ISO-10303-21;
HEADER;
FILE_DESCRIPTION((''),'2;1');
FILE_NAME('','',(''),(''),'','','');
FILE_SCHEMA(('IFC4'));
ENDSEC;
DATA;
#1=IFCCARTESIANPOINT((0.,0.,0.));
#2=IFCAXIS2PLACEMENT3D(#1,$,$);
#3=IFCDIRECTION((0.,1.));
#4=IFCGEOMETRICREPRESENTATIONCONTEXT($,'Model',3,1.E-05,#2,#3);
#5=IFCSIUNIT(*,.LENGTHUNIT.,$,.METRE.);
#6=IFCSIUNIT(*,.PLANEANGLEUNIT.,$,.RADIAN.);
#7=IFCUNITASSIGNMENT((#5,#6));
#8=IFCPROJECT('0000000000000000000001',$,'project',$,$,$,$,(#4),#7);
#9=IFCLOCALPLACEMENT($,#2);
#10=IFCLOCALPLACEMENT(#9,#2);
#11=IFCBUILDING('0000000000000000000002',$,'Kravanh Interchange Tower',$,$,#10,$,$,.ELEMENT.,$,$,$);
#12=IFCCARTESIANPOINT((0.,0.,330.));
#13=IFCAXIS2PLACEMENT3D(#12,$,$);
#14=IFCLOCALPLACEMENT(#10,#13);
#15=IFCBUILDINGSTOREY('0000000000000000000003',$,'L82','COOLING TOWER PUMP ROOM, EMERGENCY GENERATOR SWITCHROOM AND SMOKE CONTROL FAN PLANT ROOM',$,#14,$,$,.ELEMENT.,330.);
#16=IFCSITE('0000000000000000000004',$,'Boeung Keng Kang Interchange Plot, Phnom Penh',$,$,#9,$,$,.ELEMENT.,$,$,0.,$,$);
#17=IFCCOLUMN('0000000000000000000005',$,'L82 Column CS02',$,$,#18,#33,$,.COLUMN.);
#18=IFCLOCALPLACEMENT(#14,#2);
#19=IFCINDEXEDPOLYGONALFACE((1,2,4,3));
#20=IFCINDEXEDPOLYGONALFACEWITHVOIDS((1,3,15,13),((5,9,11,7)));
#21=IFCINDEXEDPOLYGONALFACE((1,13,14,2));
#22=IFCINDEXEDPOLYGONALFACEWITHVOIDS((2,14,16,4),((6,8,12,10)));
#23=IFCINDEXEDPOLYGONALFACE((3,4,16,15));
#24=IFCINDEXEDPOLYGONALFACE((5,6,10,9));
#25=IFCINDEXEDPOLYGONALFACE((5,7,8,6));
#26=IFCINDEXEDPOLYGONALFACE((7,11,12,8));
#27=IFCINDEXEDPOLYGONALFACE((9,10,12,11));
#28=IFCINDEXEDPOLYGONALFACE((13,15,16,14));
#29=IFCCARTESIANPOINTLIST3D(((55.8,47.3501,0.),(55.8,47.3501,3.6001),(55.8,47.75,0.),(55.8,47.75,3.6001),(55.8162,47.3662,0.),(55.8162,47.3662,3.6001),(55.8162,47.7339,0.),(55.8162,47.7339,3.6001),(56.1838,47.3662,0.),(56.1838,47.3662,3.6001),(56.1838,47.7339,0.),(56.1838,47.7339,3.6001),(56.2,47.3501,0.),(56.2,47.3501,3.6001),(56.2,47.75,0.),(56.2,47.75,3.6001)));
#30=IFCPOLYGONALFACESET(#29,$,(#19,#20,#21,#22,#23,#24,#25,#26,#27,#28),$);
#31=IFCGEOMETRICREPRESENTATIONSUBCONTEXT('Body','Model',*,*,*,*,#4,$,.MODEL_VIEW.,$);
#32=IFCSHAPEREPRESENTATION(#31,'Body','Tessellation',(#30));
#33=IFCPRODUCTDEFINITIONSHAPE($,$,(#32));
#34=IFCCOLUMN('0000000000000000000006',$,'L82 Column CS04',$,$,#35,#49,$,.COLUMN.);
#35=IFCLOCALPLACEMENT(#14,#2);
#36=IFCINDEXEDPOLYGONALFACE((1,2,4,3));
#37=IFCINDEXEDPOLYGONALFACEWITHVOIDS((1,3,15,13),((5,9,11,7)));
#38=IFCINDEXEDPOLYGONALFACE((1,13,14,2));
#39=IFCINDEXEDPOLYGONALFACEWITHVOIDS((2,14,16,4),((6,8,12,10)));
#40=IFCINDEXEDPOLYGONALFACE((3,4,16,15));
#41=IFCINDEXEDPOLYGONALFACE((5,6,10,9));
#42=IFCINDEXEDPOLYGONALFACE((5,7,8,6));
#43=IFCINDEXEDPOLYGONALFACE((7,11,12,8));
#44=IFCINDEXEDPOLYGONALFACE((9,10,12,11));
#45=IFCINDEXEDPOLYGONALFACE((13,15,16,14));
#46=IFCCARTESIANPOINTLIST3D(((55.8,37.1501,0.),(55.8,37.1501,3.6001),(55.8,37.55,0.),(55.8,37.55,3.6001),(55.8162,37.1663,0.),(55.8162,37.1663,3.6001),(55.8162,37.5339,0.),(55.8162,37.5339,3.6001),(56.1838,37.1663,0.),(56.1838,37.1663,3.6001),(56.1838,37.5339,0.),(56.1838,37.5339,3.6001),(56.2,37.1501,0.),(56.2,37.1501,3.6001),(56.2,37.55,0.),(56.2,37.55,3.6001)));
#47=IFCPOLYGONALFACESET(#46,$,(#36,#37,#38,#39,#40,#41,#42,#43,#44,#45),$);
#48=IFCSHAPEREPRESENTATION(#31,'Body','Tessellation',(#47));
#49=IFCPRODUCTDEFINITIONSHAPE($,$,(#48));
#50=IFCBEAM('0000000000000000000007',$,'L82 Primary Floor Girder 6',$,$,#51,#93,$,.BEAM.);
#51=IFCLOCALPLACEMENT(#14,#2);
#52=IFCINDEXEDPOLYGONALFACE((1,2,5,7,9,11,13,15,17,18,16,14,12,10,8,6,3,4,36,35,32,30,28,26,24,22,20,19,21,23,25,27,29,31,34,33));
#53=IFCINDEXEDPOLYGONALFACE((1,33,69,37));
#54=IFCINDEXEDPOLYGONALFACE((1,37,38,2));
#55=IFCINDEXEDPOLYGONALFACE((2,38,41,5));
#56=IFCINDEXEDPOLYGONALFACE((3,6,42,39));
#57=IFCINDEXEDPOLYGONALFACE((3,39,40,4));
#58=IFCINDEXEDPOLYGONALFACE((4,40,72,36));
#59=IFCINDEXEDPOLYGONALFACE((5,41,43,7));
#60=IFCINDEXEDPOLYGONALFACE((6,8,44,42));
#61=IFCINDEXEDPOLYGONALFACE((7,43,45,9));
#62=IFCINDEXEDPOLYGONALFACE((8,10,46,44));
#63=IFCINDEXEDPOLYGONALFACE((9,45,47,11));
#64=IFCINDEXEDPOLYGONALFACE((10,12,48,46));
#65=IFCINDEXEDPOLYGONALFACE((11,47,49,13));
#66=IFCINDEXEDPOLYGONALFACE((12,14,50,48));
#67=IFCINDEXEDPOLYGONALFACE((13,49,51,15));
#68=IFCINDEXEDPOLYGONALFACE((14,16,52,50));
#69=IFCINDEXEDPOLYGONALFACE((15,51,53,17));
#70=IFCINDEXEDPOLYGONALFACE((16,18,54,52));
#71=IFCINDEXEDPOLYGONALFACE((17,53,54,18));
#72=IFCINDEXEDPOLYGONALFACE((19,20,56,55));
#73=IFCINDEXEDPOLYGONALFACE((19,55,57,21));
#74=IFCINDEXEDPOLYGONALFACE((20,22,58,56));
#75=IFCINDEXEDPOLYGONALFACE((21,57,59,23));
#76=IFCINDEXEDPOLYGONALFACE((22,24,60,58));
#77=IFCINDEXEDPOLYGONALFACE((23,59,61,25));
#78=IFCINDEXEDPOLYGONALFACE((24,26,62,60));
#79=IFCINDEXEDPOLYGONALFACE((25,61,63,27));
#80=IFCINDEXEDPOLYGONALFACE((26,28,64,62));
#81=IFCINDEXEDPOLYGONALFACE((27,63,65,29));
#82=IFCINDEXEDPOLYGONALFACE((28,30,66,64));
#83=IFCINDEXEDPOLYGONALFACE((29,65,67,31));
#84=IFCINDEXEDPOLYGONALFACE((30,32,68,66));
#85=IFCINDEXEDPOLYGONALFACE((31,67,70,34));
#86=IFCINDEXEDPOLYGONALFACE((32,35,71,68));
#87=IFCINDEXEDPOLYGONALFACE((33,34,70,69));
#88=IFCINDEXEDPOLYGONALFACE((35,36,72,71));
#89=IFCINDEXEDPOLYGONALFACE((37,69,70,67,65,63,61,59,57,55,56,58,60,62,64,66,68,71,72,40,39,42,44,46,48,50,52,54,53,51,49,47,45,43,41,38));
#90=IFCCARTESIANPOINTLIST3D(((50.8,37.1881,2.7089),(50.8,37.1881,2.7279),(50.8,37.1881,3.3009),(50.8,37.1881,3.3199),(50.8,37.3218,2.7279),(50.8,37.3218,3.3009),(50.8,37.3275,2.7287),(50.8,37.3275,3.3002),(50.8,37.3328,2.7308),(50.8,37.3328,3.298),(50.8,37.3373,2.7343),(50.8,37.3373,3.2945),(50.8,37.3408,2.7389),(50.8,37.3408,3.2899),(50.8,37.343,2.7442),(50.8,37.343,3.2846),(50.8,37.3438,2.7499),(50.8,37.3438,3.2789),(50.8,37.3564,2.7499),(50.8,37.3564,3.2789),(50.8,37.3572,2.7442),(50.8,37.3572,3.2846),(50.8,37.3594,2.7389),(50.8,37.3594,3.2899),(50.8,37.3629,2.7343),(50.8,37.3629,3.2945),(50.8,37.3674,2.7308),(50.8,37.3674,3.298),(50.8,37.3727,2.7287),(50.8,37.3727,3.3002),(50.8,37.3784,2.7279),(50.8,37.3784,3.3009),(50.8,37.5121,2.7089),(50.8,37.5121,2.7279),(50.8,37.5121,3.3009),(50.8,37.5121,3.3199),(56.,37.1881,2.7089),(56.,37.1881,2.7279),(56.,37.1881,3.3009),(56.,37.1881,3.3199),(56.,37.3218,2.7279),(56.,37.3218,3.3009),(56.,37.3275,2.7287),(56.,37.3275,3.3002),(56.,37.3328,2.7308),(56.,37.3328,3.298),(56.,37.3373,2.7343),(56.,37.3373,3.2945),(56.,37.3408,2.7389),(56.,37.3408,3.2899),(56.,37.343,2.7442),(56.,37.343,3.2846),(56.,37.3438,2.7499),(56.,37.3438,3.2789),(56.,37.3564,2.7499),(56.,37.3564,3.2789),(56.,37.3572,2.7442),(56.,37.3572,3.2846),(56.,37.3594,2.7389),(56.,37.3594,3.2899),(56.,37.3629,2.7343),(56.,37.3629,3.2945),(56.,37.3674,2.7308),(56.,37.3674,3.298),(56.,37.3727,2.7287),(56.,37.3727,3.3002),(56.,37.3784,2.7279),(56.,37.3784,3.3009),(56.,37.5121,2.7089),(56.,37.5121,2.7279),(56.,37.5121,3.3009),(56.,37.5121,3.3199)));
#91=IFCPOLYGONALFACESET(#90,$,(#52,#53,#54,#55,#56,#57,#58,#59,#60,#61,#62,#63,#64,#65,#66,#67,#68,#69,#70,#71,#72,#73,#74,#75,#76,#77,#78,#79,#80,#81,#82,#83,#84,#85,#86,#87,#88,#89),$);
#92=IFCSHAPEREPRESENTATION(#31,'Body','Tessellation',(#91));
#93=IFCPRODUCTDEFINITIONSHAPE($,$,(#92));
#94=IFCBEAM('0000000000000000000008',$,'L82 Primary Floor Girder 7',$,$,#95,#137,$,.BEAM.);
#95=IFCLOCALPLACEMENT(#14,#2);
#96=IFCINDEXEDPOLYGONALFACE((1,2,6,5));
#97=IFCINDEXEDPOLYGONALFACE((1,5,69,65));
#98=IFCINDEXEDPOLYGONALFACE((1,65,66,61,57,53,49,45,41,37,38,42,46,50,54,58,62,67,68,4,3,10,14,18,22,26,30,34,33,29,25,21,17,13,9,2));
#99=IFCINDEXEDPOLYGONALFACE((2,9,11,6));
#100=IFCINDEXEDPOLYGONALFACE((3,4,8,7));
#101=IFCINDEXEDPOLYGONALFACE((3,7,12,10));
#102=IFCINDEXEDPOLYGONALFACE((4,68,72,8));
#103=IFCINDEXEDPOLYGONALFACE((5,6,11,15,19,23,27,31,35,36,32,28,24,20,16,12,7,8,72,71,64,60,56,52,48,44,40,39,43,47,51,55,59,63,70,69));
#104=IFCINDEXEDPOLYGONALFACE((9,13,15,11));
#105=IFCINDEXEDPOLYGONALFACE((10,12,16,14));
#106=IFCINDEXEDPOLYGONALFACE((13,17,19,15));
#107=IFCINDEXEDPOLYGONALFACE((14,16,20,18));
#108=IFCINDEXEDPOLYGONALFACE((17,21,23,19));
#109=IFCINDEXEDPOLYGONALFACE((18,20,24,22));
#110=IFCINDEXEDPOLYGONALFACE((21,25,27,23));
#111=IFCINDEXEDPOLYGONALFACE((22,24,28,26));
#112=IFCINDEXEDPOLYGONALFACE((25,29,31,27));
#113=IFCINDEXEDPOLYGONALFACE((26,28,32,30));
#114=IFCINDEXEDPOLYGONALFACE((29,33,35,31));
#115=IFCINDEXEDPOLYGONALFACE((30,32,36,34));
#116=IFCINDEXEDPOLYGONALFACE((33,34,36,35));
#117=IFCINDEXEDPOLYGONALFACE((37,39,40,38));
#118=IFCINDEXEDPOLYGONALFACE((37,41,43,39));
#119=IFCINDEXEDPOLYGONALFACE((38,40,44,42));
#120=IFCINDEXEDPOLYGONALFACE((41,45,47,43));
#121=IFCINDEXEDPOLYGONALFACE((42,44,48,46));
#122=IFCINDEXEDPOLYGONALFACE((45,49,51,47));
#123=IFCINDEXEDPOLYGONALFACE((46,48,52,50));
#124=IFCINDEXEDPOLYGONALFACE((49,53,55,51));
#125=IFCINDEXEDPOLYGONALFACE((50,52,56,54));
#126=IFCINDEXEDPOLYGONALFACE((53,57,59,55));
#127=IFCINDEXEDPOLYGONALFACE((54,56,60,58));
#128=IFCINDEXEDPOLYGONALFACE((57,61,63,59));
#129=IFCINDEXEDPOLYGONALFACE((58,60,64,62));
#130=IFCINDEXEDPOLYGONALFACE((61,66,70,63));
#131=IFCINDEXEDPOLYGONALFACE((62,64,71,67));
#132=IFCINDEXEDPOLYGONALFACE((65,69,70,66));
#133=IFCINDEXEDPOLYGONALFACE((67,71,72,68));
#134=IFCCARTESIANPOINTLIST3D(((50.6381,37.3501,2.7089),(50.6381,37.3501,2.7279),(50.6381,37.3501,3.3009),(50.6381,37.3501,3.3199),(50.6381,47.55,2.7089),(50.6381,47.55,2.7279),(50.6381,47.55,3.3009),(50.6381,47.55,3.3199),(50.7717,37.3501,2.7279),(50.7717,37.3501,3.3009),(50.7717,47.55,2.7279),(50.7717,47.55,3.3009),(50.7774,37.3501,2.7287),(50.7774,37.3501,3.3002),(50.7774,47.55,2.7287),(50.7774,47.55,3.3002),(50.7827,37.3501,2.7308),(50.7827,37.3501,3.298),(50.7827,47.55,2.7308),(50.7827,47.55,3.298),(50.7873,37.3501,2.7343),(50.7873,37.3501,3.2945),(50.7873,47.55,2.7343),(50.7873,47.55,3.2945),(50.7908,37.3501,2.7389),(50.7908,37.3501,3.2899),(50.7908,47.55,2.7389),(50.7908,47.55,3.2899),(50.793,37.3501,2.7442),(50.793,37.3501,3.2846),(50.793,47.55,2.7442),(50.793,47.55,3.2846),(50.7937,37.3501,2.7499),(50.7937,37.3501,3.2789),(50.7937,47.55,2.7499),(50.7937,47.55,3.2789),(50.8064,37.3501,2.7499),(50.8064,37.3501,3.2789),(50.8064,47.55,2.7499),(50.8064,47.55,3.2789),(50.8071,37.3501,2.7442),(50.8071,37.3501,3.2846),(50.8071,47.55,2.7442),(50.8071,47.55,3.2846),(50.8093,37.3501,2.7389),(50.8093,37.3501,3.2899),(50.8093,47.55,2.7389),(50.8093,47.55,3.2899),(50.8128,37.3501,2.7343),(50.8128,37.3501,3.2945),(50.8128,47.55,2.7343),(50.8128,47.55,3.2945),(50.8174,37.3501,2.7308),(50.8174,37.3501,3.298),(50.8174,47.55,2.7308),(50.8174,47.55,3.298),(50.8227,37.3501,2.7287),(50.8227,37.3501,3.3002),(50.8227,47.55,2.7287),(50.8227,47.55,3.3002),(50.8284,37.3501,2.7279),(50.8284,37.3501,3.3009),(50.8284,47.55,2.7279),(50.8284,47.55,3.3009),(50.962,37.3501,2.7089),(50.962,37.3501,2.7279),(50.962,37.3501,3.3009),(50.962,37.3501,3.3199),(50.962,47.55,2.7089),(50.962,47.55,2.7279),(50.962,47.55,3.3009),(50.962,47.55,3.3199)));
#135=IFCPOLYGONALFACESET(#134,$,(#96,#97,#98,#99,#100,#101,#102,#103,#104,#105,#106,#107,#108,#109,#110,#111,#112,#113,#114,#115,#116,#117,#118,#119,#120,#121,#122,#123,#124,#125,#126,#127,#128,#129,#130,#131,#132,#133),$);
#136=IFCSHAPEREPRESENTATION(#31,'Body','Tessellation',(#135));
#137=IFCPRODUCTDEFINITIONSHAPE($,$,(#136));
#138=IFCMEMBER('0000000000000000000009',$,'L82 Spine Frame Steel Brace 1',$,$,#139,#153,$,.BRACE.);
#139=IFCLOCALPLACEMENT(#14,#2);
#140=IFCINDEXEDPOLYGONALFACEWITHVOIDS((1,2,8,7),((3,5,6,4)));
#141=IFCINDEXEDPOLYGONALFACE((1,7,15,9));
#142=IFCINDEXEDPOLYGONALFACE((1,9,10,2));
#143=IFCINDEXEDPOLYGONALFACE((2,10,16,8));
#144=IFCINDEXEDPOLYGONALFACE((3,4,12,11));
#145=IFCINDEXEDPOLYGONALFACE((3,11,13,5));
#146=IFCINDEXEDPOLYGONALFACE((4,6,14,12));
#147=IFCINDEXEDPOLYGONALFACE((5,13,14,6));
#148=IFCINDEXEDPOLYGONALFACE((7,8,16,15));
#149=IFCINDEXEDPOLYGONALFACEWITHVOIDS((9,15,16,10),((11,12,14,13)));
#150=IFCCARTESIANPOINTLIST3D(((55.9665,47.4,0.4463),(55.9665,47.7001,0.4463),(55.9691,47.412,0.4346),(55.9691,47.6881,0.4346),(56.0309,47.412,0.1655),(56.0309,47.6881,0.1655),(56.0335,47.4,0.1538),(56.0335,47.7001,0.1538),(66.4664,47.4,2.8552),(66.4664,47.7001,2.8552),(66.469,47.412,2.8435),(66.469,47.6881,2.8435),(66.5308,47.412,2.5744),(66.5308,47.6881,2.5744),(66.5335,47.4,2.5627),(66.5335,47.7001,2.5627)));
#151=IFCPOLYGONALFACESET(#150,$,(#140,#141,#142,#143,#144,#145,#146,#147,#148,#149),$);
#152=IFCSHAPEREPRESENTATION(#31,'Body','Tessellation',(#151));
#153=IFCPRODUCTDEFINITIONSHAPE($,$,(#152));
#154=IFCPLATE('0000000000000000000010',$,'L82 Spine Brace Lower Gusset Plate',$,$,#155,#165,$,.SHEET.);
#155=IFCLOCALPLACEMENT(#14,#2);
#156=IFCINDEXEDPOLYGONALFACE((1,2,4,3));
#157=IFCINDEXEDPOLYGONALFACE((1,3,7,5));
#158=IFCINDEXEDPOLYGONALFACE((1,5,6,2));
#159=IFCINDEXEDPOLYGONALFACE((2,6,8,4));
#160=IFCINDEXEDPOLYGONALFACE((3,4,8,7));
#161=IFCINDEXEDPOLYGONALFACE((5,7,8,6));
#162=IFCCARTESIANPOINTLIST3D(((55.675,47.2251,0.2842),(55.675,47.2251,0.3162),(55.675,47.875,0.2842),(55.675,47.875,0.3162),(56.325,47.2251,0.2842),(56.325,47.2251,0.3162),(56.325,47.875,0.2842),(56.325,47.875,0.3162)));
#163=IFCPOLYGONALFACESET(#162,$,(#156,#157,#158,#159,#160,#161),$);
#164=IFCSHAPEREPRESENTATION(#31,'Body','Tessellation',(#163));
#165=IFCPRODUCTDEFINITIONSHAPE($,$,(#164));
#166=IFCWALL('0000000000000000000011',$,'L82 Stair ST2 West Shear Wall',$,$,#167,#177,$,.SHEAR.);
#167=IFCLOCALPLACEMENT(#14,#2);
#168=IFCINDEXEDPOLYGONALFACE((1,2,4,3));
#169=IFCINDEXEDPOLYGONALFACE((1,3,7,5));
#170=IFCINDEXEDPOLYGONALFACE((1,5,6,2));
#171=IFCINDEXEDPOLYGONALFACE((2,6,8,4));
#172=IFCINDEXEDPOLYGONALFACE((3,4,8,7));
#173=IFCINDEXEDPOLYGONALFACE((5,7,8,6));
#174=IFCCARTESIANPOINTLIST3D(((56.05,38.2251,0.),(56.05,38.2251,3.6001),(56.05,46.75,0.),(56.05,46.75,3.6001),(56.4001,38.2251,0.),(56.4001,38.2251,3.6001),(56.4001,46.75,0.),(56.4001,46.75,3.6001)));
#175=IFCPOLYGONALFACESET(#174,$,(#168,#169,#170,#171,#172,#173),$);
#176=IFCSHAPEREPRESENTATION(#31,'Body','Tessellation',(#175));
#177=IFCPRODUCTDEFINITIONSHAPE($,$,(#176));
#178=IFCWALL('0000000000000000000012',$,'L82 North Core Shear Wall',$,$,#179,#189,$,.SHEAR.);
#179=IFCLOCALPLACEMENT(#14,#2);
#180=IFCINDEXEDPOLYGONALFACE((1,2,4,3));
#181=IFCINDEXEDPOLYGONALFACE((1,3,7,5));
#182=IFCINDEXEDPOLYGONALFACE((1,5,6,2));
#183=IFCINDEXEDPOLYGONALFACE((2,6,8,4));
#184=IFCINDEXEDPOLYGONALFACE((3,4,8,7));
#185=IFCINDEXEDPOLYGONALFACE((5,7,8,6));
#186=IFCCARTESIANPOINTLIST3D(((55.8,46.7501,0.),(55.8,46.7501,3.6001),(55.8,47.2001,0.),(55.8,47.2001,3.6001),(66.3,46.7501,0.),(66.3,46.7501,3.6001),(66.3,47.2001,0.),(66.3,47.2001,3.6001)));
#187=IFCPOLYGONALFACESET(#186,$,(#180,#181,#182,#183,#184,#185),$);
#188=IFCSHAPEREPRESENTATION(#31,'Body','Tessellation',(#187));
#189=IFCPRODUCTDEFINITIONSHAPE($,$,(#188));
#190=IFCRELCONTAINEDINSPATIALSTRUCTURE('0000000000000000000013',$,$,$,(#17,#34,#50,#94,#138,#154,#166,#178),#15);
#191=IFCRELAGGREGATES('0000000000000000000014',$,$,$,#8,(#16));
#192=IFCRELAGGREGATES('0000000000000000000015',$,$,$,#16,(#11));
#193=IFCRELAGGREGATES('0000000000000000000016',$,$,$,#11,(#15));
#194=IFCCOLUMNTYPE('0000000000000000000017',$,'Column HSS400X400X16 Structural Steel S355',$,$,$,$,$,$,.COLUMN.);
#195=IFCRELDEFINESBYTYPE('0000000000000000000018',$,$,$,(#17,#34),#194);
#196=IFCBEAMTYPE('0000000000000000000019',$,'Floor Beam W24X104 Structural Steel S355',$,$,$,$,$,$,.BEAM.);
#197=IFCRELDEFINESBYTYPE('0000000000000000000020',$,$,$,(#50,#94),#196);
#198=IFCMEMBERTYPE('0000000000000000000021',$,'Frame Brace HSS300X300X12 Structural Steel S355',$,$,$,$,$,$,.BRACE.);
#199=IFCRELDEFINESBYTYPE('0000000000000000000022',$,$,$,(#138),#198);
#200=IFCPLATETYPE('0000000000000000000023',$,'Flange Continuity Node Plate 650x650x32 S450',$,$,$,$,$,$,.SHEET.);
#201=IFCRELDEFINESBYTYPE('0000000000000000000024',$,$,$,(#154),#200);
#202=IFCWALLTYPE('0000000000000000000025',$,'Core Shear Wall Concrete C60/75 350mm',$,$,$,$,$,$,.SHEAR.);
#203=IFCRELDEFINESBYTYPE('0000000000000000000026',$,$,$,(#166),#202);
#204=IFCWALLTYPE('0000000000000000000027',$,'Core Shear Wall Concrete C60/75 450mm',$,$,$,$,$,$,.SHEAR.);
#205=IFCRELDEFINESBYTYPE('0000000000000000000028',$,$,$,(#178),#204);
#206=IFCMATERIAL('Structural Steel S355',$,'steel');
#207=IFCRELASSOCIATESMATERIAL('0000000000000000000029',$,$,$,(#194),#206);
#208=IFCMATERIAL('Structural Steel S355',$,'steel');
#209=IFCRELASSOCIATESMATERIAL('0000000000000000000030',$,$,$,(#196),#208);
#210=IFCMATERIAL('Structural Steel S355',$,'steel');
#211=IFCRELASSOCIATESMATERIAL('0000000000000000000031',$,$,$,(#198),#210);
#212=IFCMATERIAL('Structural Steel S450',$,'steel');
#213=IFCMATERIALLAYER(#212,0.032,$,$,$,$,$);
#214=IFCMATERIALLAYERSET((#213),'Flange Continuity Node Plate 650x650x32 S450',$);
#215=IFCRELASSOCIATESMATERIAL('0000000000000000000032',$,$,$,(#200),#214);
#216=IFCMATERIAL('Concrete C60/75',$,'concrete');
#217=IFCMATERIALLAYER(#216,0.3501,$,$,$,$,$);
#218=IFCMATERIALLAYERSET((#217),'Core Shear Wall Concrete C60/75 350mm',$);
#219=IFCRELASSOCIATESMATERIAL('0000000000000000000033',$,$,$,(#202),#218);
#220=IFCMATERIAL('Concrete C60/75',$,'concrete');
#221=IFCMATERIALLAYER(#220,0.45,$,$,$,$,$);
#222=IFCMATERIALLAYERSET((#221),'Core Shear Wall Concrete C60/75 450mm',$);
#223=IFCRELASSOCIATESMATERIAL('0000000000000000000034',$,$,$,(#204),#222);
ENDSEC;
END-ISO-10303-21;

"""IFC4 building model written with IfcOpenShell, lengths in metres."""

from ifc_helpers import new_model, si_unit, direction, frame, frame_2d, origin, origin_2d, place, context, subcontext, project, spatial, rectangle, hollow_rectangle, i_section, extrude, material, layer, layer_set, material_profile, profile_set, type_object, element, save


model = new_model("IFC4")

# Units and contexts
model_context = context("Model", 3, precision=1e-05, world=origin(), true_north=direction((0.0, 1.0)))
body_context = subcontext(model_context, "Body", "Model", "MODEL_VIEW")
ifc_project = project(units=[si_unit("LENGTHUNIT", "METRE"), si_unit("PLANEANGLEUNIT", "RADIAN")], contexts=[model_context])

# Site, building, storey
site_placement = place(None, origin())
site = spatial("IfcSite", under=ifc_project, at=site_placement, Name="Boeung Keng Kang Interchange Plot, Phnom Penh", CompositionType="ELEMENT", RefElevation=0.0)
building_placement = place(site_placement, origin())
building = spatial("IfcBuilding", under=site, at=building_placement, Name="Kravanh Interchange Tower", CompositionType="ELEMENT")
storey_placement = place(building_placement, frame((0.0, 0.0, 330.0)))
storey = spatial("IfcBuildingStorey", under=building, at=storey_placement, Name="L82", Description="COOLING TOWER PUMP ROOM, EMERGENCY GENERATOR SWITCHROOM AND SMOKE CONTROL FAN PLANT ROOM", CompositionType="ELEMENT", Elevation=330.0)

# Columns
ifc_material_1 = material(Name="Structural Steel S355", Category="steel")
ifc_material_profile_1 = material_profile(ifc_material_1, hollow_rectangle(XDim=0.3999, YDim=0.3999, WallThickness=0.0161, at=origin_2d()), Name="HSS400X400X16")
ifc_profile_set_1 = profile_set([ifc_material_profile_1], Name="Structural Steel S355")
column_type = type_object("IfcColumnType", Name="Column HSS400X400X16 Structural Steel S355", PredefinedType="COLUMN", material=ifc_profile_set_1)
for number, where, z_axis, x_axis, name in (
    (1, (56.0, 47.55, 0.0), (0.0, 0.0, 1.0), (1.0, 0.0, 0.0), "L82 Column CS02"),
    (2, (56.0, 37.3501, 0.0), (0.0, 0.0, 1.0), (1.0, 0.0, 0.0), "L82 Column CS04"),
):
    element("IfcColumn", number, at=place(storey_placement, frame(where, z_axis=z_axis, x_axis=x_axis)), inside=storey, type_object=column_type, Name=name, PredefinedType="COLUMN", context=body_context, shape_type="SweptSolid", body=[
        extrude(hollow_rectangle(XDim=0.3999, YDim=0.3999, WallThickness=0.0161, at=origin_2d()), origin(), (0.0, 0.0, 1.0), 3.6001),
    ])

# Beams
ifc_material_2 = material(Name="Structural Steel S355", Category="steel")
ifc_material_profile_2 = material_profile(ifc_material_2, i_section(OverallWidth=0.324, OverallDepth=0.6111, WebThickness=0.0127, FlangeThickness=0.019, FilletRadius=0.022, at=origin_2d()), Name="W24X104")
ifc_profile_set_2 = profile_set([ifc_material_profile_2], Name="Structural Steel S355")
beam_type = type_object("IfcBeamType", Name="Floor Beam W24X104 Structural Steel S355", PredefinedType="BEAM", material=ifc_profile_set_2)
beam_1_placement = place(storey_placement, frame((56.0, 37.3501, 3.0144), z_axis=(-1.0, 0.0, 0.0), x_axis=(0.0, -1.0, 0.0)))
element("IfcBeam", 3, at=beam_1_placement, inside=storey, type_object=beam_type, Name="L82 Primary Floor Girder 6", PredefinedType="BEAM", context=body_context, shape_type="SweptSolid", body=[
    extrude(i_section(OverallWidth=0.324, OverallDepth=0.6111, WebThickness=0.0127, FlangeThickness=0.019, FilletRadius=0.022, at=origin_2d()), origin(), (0.0, 0.0, 1.0), 5.2),
])
beam_2_placement = place(storey_placement, frame((50.8, 47.55, 3.0144), z_axis=(0.0, -1.0, 0.0), x_axis=(1.0, 0.0, 0.0)))
element("IfcBeam", 4, at=beam_2_placement, inside=storey, type_object=beam_type, Name="L82 Primary Floor Girder 7", PredefinedType="BEAM", context=body_context, shape_type="SweptSolid", body=[
    extrude(i_section(OverallWidth=0.324, OverallDepth=0.6111, WebThickness=0.0127, FlangeThickness=0.019, FilletRadius=0.022, at=origin_2d()), origin(), (0.0, 0.0, 1.0), 10.2),
])

# Member
ifc_material_3 = material(Name="Structural Steel S355", Category="steel")
ifc_material_profile_3 = material_profile(ifc_material_3, hollow_rectangle(XDim=0.3, YDim=0.3, WallThickness=0.012, at=origin_2d()), Name="HSS300X300X12")
ifc_profile_set_3 = profile_set([ifc_material_profile_3], Name="Structural Steel S355")
member_type = type_object("IfcMemberType", Name="Frame Brace HSS300X300X12 Structural Steel S355", PredefinedType="BRACE", material=ifc_profile_set_3)
member_placement = place(storey_placement, frame((56.0, 47.55, 0.3), z_axis=(0.974678, 0.0, 0.223613), x_axis=(0.0, 1.0, 0.0)))
element("IfcMember", 5, at=member_placement, inside=storey, type_object=member_type, Name="L82 Spine Frame Steel Brace 1", PredefinedType="BRACE", context=body_context, shape_type="SweptSolid", body=[
    extrude(hollow_rectangle(XDim=0.3, YDim=0.3, WallThickness=0.012, at=origin_2d()), origin(), (0.0, 0.0, 1.0), 10.7727),
])

# Plate
ifc_material_4 = material(Name="Structural Steel S450", Category="steel")
ifc_layer_1 = layer(ifc_material_4, 0.032)
ifc_layer_set_1 = layer_set([ifc_layer_1], Name="Flange Continuity Node Plate 650x650x32 S450")
plate_type = type_object("IfcPlateType", Name="Flange Continuity Node Plate 650x650x32 S450", PredefinedType="SHEET", material=ifc_layer_set_1)
plate_placement = place(storey_placement, frame((56.0, 47.55, 0.2842), z_axis=(0.0, 0.0, 1.0), x_axis=(1.0, 0.0, 0.0)))
element("IfcPlate", 6, at=plate_placement, inside=storey, type_object=plate_type, Name="L82 Spine Brace Lower Gusset Plate", PredefinedType="SHEET", context=body_context, shape_type="SweptSolid", body=[
    extrude(rectangle(XDim=0.6499, YDim=0.6499, at=origin_2d()), origin(), (0.0, 0.0, 1.0), 0.032),
])

# Walls
ifc_material_5 = material(Name="Concrete C60/75", Category="concrete")
ifc_layer_2 = layer(ifc_material_5, 0.3501)
ifc_layer_set_2 = layer_set([ifc_layer_2], Name="Core Shear Wall Concrete C60/75 350mm")
wall_type_1 = type_object("IfcWallType", Name="Core Shear Wall Concrete C60/75 350mm", PredefinedType="SHEAR", material=ifc_layer_set_2)
wall_1_placement = place(storey_placement, frame((56.2251, 38.2251, 0.0), z_axis=(0.0, 0.0, 1.0), x_axis=(0.0, 1.0, 0.0)))
element("IfcWall", 7, at=wall_1_placement, inside=storey, type_object=wall_type_1, Name="L82 Stair ST2 West Shear Wall", PredefinedType="SHEAR", context=body_context, shape_type="SweptSolid", body=[
    extrude(rectangle(XDim=8.5249, YDim=0.3501, at=frame_2d((4.2625, 0.0))), origin(), (0.0, 0.0, 1.0), 3.6001),
])
ifc_material_6 = material(Name="Concrete C60/75", Category="concrete")
ifc_layer_3 = layer(ifc_material_6, 0.45)
ifc_layer_set_3 = layer_set([ifc_layer_3], Name="Core Shear Wall Concrete C60/75 450mm")
wall_type_2 = type_object("IfcWallType", Name="Core Shear Wall Concrete C60/75 450mm", PredefinedType="SHEAR", material=ifc_layer_set_3)
wall_2_placement = place(storey_placement, frame((55.8, 46.9751, 0.0), z_axis=(0.0, 0.0, 1.0), x_axis=(1.0, 0.0, 0.0)))
element("IfcWall", 8, at=wall_2_placement, inside=storey, type_object=wall_type_2, Name="L82 North Core Shear Wall", PredefinedType="SHEAR", context=body_context, shape_type="SweptSolid", body=[
    extrude(rectangle(XDim=10.5, YDim=0.45, at=frame_2d((5.25, 0.0))), origin(), (0.0, 0.0, 1.0), 3.6001),
])

save(model, "model.ifc")
